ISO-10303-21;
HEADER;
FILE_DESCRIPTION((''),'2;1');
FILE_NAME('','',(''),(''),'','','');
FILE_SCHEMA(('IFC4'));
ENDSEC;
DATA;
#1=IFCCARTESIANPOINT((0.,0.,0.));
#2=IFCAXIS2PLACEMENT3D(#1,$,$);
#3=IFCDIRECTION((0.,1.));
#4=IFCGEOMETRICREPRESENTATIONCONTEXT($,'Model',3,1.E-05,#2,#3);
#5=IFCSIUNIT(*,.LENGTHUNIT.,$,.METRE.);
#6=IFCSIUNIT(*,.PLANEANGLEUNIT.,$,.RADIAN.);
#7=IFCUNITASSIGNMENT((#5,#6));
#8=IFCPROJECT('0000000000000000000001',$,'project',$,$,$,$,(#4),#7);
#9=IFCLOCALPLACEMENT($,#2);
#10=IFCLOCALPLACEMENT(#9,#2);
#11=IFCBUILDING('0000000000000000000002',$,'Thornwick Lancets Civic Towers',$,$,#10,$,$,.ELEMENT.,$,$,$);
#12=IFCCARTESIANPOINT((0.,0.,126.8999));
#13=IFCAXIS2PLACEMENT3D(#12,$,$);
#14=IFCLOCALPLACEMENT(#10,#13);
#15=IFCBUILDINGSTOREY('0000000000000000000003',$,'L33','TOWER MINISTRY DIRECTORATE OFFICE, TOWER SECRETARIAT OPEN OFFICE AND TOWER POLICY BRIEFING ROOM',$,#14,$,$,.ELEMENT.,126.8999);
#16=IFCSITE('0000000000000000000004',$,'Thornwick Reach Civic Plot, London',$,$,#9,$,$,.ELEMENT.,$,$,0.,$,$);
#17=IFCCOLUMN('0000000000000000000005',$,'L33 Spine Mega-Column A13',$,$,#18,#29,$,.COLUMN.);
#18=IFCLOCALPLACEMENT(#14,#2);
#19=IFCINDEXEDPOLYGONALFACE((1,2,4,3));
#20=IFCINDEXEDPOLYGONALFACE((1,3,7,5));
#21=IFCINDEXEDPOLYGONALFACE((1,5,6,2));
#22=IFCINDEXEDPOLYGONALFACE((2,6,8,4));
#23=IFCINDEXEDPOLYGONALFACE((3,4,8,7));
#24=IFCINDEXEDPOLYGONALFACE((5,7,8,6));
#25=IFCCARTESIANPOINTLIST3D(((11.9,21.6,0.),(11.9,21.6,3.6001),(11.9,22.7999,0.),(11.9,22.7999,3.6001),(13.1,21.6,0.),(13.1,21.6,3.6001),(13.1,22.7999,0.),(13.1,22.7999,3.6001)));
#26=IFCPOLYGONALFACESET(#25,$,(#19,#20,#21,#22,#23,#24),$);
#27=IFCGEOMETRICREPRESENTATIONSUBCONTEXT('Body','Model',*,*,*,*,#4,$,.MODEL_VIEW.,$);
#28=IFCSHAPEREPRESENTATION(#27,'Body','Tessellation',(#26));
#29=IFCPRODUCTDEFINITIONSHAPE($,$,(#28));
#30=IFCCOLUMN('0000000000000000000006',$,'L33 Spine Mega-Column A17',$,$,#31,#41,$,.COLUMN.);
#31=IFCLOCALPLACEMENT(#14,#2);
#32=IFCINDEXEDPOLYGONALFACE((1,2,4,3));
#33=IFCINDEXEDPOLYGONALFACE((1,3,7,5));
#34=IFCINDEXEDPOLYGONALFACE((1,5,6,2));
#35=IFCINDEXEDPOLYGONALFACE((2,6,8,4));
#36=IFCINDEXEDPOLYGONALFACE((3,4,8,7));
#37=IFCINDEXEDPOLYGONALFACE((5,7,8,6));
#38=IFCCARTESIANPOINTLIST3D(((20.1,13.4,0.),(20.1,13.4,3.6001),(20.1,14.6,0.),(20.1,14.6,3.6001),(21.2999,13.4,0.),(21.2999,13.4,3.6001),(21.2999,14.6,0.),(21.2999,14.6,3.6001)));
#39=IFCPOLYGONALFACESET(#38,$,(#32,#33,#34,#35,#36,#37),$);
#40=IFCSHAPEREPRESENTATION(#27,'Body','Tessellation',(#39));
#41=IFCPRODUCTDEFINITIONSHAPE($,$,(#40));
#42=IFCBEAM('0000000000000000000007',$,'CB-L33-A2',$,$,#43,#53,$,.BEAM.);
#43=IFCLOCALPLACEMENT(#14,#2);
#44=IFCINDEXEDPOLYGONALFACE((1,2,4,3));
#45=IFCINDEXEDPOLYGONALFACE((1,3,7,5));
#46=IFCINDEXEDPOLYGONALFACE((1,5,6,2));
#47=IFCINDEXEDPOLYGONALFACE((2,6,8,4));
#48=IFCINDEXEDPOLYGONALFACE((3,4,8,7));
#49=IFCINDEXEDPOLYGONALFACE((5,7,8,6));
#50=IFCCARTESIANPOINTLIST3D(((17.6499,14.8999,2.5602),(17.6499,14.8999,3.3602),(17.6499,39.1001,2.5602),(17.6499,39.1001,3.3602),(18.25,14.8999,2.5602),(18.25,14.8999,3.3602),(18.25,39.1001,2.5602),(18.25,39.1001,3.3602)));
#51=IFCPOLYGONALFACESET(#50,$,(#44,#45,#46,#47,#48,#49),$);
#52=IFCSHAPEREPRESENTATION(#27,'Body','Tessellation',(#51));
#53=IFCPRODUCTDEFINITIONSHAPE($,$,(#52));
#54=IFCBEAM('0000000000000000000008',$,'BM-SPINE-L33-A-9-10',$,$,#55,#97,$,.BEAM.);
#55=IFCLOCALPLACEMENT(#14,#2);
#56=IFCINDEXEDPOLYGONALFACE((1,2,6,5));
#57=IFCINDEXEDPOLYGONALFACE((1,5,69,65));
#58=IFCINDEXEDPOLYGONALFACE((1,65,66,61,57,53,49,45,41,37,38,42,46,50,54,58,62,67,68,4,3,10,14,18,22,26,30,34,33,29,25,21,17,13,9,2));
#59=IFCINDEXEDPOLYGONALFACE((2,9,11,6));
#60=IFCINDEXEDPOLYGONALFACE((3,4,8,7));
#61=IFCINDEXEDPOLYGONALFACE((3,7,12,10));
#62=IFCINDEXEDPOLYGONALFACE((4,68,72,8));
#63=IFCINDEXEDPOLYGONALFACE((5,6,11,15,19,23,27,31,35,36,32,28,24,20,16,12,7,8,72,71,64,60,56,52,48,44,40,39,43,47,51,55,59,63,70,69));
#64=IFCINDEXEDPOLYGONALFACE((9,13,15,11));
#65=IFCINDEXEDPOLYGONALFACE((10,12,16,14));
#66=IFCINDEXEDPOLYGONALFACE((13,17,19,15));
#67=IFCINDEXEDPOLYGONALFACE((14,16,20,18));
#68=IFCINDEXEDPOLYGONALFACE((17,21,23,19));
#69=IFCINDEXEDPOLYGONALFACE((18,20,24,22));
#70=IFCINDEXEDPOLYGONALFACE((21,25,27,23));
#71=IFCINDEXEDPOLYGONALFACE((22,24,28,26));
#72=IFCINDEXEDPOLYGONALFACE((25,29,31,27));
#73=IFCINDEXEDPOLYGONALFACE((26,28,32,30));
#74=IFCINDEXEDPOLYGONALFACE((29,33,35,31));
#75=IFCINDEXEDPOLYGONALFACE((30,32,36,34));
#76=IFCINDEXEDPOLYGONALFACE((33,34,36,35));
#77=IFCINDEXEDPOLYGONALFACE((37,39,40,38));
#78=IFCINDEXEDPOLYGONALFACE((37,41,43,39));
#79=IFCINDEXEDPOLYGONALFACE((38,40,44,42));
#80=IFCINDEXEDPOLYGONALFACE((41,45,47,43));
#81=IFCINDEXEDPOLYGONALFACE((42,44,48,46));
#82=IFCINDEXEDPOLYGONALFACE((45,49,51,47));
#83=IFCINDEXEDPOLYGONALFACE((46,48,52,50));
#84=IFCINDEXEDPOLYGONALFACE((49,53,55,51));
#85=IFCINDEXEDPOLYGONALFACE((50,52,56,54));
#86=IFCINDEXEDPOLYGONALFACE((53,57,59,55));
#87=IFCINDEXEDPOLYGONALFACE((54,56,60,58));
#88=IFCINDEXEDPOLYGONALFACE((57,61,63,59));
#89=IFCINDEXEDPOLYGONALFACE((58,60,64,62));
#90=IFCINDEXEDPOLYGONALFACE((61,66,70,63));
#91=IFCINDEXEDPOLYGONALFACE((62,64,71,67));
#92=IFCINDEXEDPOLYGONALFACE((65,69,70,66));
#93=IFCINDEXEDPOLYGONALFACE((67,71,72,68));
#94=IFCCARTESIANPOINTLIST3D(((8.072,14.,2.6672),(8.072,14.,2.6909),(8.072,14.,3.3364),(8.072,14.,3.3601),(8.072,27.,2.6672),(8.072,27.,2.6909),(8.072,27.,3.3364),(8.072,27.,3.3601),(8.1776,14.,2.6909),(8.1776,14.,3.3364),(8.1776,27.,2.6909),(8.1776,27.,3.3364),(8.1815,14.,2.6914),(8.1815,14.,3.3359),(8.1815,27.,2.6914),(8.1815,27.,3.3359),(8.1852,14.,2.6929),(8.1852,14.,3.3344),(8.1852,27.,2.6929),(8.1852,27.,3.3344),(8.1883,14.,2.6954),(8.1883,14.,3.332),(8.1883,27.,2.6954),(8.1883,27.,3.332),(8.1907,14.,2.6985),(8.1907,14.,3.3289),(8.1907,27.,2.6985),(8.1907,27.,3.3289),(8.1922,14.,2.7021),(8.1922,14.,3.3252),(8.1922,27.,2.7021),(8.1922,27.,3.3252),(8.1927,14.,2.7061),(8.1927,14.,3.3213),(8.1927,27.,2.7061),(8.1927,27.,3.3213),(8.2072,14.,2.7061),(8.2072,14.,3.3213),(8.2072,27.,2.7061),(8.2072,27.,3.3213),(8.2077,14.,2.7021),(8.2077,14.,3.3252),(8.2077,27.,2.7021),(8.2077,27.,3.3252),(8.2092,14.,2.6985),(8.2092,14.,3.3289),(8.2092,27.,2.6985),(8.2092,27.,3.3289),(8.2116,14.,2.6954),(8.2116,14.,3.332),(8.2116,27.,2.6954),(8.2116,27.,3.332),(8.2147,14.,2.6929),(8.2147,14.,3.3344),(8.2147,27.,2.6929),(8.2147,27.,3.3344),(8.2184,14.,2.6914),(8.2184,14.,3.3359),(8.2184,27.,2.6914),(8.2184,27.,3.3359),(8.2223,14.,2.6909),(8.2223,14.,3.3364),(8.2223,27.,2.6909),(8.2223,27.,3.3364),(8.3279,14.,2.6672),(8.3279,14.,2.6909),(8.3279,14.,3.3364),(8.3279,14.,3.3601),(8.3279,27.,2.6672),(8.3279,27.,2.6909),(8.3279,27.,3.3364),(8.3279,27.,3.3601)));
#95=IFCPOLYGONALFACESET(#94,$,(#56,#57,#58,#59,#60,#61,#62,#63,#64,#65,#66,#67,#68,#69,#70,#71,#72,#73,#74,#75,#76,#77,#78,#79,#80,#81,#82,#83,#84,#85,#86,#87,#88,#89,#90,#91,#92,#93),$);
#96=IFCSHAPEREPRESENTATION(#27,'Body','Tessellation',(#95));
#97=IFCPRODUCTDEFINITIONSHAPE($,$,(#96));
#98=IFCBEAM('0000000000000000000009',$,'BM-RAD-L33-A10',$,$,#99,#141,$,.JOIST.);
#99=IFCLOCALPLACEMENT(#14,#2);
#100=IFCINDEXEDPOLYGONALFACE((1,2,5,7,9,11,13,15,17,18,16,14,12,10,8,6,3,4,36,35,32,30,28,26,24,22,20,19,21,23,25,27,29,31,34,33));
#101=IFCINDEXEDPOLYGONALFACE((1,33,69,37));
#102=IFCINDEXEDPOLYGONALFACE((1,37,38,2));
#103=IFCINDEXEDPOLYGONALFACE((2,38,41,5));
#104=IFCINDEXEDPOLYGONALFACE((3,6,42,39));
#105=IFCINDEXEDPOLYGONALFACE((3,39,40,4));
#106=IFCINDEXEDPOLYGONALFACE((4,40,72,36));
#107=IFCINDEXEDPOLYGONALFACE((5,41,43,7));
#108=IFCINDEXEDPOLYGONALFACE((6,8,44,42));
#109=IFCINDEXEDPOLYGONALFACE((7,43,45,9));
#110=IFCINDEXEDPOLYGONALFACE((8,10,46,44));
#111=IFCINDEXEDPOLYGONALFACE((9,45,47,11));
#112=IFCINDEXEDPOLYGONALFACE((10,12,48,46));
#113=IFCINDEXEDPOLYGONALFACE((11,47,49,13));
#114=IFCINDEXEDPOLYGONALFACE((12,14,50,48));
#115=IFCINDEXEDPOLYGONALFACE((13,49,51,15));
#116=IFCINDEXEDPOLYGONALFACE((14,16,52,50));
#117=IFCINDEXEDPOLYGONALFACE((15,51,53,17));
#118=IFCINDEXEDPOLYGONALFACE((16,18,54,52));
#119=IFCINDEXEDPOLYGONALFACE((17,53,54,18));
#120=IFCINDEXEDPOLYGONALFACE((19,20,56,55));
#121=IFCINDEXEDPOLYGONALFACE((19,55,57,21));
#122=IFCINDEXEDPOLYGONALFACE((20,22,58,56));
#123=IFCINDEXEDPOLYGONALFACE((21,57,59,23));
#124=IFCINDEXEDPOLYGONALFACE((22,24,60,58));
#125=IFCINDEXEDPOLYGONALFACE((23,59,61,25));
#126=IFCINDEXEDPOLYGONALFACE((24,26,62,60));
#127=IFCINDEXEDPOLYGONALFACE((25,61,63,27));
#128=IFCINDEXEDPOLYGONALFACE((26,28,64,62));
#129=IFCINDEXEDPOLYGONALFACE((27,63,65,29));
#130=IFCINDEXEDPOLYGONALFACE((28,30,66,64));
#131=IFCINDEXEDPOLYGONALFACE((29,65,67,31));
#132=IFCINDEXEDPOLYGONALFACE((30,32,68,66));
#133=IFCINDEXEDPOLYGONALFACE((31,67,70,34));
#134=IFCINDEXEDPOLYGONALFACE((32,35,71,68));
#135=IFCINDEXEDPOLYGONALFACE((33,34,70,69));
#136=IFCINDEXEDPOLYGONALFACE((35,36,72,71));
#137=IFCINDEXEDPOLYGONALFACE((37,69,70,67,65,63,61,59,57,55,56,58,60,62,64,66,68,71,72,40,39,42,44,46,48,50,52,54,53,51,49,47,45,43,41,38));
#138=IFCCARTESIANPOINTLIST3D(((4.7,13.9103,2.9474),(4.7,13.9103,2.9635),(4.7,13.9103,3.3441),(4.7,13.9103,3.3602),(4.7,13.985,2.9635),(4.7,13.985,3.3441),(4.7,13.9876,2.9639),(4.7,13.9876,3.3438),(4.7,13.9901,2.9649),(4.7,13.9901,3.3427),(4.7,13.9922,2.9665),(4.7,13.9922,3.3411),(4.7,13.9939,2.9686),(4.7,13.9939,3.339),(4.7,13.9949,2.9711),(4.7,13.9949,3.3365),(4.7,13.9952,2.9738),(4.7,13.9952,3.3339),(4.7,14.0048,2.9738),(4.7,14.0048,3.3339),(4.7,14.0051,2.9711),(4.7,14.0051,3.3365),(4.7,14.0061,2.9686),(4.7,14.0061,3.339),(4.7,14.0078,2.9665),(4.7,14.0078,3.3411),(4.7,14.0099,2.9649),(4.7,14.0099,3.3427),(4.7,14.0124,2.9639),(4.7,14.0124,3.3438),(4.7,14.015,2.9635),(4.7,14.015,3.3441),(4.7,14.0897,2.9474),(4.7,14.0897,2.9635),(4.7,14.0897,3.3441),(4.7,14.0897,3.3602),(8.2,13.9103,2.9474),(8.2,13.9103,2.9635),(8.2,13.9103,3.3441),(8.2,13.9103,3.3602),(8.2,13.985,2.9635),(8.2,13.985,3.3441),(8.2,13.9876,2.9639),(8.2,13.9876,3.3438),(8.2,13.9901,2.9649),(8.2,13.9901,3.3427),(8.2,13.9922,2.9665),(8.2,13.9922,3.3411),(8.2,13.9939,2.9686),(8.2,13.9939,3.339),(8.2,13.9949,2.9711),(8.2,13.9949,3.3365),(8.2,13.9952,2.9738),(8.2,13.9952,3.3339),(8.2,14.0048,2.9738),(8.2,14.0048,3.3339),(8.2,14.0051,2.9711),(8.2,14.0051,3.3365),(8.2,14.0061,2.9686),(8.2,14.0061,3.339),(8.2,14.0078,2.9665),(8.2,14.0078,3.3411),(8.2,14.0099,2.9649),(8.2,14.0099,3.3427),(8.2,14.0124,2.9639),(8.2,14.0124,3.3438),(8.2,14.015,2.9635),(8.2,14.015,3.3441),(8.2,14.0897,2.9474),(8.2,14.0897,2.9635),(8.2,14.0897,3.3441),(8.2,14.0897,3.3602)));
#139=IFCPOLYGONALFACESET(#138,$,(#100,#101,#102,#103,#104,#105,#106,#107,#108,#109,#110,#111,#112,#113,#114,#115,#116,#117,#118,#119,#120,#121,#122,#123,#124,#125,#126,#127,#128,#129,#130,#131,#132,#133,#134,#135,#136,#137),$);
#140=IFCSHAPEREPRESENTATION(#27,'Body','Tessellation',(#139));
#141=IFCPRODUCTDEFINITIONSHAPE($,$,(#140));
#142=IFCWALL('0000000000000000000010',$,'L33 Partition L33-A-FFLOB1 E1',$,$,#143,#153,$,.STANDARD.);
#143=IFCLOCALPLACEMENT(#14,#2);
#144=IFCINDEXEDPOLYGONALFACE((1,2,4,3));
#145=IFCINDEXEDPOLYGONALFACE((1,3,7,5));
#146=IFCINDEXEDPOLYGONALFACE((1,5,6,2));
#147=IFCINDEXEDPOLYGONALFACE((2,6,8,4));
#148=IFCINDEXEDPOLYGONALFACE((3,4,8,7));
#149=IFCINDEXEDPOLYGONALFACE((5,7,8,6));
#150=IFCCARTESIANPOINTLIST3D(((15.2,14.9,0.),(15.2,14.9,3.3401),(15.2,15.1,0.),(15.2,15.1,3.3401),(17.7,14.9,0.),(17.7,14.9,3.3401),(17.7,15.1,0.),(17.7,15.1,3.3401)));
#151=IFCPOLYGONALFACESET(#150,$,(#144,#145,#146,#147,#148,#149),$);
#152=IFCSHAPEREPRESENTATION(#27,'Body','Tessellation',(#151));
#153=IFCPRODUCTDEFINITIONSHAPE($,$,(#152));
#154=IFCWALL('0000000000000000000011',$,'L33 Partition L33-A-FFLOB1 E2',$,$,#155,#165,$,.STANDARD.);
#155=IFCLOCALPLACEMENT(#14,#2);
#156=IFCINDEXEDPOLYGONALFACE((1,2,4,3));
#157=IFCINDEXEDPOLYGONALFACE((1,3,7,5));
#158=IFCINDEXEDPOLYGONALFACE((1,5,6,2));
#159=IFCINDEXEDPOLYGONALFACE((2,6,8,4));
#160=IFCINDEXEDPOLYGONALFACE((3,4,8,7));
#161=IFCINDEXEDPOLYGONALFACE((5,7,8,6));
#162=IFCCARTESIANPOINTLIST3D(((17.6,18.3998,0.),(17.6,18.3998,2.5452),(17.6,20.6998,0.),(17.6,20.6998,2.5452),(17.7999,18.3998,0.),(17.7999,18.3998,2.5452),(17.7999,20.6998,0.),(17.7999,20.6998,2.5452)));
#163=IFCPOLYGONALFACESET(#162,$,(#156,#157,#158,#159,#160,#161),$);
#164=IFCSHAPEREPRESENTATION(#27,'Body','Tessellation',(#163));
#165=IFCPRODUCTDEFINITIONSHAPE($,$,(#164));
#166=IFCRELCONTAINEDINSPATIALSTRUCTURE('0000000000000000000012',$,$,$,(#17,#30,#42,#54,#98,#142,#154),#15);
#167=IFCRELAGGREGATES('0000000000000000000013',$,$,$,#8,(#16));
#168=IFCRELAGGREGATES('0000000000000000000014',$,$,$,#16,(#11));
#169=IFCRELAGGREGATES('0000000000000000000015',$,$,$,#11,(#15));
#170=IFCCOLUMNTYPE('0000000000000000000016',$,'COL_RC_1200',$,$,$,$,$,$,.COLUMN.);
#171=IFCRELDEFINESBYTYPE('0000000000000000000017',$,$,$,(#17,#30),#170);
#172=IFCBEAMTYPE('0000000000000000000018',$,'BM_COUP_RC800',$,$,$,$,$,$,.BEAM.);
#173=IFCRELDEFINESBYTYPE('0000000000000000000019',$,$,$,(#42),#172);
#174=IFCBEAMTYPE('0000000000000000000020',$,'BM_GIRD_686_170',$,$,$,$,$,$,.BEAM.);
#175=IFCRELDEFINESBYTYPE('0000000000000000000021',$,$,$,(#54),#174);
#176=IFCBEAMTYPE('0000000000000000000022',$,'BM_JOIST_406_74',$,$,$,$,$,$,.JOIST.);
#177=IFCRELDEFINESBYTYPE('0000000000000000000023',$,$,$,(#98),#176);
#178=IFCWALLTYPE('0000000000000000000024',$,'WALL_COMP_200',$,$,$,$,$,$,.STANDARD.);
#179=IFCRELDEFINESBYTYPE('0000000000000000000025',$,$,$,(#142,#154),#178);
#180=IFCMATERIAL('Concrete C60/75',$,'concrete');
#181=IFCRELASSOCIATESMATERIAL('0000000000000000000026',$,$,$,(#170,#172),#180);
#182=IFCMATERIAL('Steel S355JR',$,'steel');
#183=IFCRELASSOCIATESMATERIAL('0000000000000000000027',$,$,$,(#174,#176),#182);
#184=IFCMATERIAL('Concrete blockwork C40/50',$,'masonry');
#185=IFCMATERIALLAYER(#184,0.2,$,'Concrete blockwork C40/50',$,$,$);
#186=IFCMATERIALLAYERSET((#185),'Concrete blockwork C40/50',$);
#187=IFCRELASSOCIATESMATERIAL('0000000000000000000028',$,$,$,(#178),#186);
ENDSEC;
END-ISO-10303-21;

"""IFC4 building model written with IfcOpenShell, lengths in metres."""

from ifc_helpers import new_model, si_unit, direction, frame, frame_2d, origin, origin_2d, place, context, subcontext, project, spatial, rectangle, i_section, extrude, material, layer, layer_set, material_profile, profile_set, type_object, element, save


model = new_model("IFC4")

# Units and contexts
model_context = context("Model", 3, precision=1e-05, world=origin(), true_north=direction((0.0, 1.0)))
body_context = subcontext(model_context, "Body", "Model", "MODEL_VIEW")
ifc_project = project(units=[si_unit("LENGTHUNIT", "METRE"), si_unit("PLANEANGLEUNIT", "RADIAN")], contexts=[model_context])

# Site, building, storey
site_placement = place(None, origin())
site = spatial("IfcSite", under=ifc_project, at=site_placement, Name="Thornwick Reach Civic Plot, London", CompositionType="ELEMENT", RefElevation=0.0)
building_placement = place(site_placement, origin())
building = spatial("IfcBuilding", under=site, at=building_placement, Name="Thornwick Lancets Civic Towers", CompositionType="ELEMENT")
storey_placement = place(building_placement, frame((0.0, 0.0, 126.8999)))
storey = spatial("IfcBuildingStorey", under=building, at=storey_placement, Name="L33", Description="TOWER MINISTRY DIRECTORATE OFFICE, TOWER SECRETARIAT OPEN OFFICE AND TOWER POLICY BRIEFING ROOM", CompositionType="ELEMENT", Elevation=126.8999)

# Columns
ifc_material_1 = material(Name="Concrete C60/75", Category="concrete")
ifc_material_profile_1 = material_profile(ifc_material_1, rectangle(XDim=1.2, YDim=1.2, at=origin_2d()), Name="RC 1200x1200")
ifc_profile_set_1 = profile_set([ifc_material_profile_1], Name="Concrete C60/75")
column_type = type_object("IfcColumnType", Name="COL_RC_1200", PredefinedType="COLUMN", material=ifc_profile_set_1)
for number, where, z_axis, x_axis, name in (
    (1, (12.5, 22.2, 0.0), (0.0, 0.0, 1.0), (1.0, 0.0, 0.0), "L33 Spine Mega-Column A13"),
    (2, (20.7, 14.0, 0.0), (0.0, 0.0, 1.0), (1.0, 0.0, 0.0), "L33 Spine Mega-Column A17"),
):
    element("IfcColumn", number, at=place(storey_placement, frame(where, z_axis=z_axis, x_axis=x_axis)), inside=storey, type_object=column_type, Name=name, PredefinedType="COLUMN", context=body_context, shape_type="SweptSolid", body=[
        extrude(rectangle(XDim=1.2, YDim=1.2, at=origin_2d()), origin(), (0.0, 0.0, 1.0), 3.6001),
    ])

# Beams
ifc_material_profile_2 = material_profile(ifc_material_1, rectangle(XDim=0.6001, YDim=0.8, at=origin_2d()), Name="RC 600x800")
ifc_profile_set_2 = profile_set([ifc_material_profile_2], Name="Concrete C60/75")
beam_type_1 = type_object("IfcBeamType", Name="BM_COUP_RC800", PredefinedType="BEAM", material=ifc_profile_set_2)
beam_1_placement = place(storey_placement, frame((17.95, 14.8999, 2.9602), z_axis=(0.0, 1.0, 0.0), x_axis=(-1.0, 0.0, 0.0)))
element("IfcBeam", 3, at=beam_1_placement, inside=storey, type_object=beam_type_1, Name="CB-L33-A2", PredefinedType="BEAM", context=body_context, shape_type="SweptSolid", body=[
    extrude(rectangle(XDim=0.6001, YDim=0.8, at=origin_2d()), origin(), (0.0, 0.0, 1.0), 24.2002),
])
ifc_material_2 = material(Name="Steel S355JR", Category="steel")
ifc_material_profile_3 = material_profile(ifc_material_2, i_section(OverallWidth=0.2559, OverallDepth=0.6929, WebThickness=0.0144, FlangeThickness=0.0237, FilletRadius=0.0151, at=origin_2d()), Name="UKB 686x254x170")
ifc_profile_set_3 = profile_set([ifc_material_profile_3], Name="Steel S355JR")
beam_type_2 = type_object("IfcBeamType", Name="BM_GIRD_686_170", PredefinedType="BEAM", material=ifc_profile_set_3)
beam_2_placement = place(storey_placement, frame((8.2, 14.0, 3.0137), z_axis=(0.0, 1.0, 0.0), x_axis=(-1.0, 0.0, 0.0)))
element("IfcBeam", 4, at=beam_2_placement, inside=storey, type_object=beam_type_2, Name="BM-SPINE-L33-A-9-10", PredefinedType="BEAM", context=body_context, shape_type="SweptSolid", body=[
    extrude(i_section(OverallWidth=0.2559, OverallDepth=0.6929, WebThickness=0.0144, FlangeThickness=0.0237, FilletRadius=0.0151, at=origin_2d()), origin(), (0.0, 0.0, 1.0), 13.0),
])
ifc_material_profile_4 = material_profile(ifc_material_2, i_section(OverallWidth=0.1794, OverallDepth=0.4128, WebThickness=0.0095, FlangeThickness=0.0161, FilletRadius=0.0103, at=origin_2d()), Name="UKB 406x178x74")
ifc_profile_set_4 = profile_set([ifc_material_profile_4], Name="Steel S355JR")
beam_type_3 = type_object("IfcBeamType", Name="BM_JOIST_406_74", PredefinedType="JOIST", material=ifc_profile_set_4)
beam_3_placement = place(storey_placement, frame((8.2, 14.0, 3.1538), z_axis=(-1.0, 0.0, 0.0), x_axis=(0.0, -1.0, 0.0)))
element("IfcBeam", 5, at=beam_3_placement, inside=storey, type_object=beam_type_3, Name="BM-RAD-L33-A10", PredefinedType="JOIST", context=body_context, shape_type="SweptSolid", body=[
    extrude(i_section(OverallWidth=0.1794, OverallDepth=0.4128, WebThickness=0.0095, FlangeThickness=0.0161, FilletRadius=0.0103, at=origin_2d()), origin(), (0.0, 0.0, 1.0), 3.5),
])

# Walls
ifc_material_3 = material(Name="Concrete blockwork C40/50", Category="masonry")
ifc_layer_1 = layer(ifc_material_3, 0.2, Name="Concrete blockwork C40/50")
ifc_layer_set_1 = layer_set([ifc_layer_1], Name="Concrete blockwork C40/50")
wall_type_1 = type_object("IfcWallType", Name="WALL_COMP_200", PredefinedType="STANDARD", material=ifc_layer_set_1)
wall_1_placement = place(storey_placement, frame((15.2, 15.0, 0.0), z_axis=(0.0, 0.0, 1.0), x_axis=(1.0, 0.0, 0.0)))
element("IfcWall", 6, at=wall_1_placement, inside=storey, type_object=wall_type_1, Name="L33 Partition L33-A-FFLOB1 E1", PredefinedType="STANDARD", context=body_context, shape_type="SweptSolid", body=[
    extrude(rectangle(XDim=2.5, YDim=0.2, at=frame_2d((1.25, 0.0))), origin(), (0.0, 0.0, 1.0), 3.3401),
])
wall_2_placement = place(storey_placement, frame((17.7, 18.3999, 0.0), z_axis=(0.0, 0.0, 1.0), x_axis=(0.0, 1.0, 0.0)))
element("IfcWall", 7, at=wall_2_placement, inside=storey, type_object=wall_type_1, Name="L33 Partition L33-A-FFLOB1 E2", PredefinedType="STANDARD", context=body_context, shape_type="SweptSolid", body=[
    extrude(rectangle(XDim=2.3, YDim=0.2, at=frame_2d((1.1499, 0.0))), origin(), (0.0, 0.0, 1.0), 2.5452),
])

save(model, "model.ifc")
